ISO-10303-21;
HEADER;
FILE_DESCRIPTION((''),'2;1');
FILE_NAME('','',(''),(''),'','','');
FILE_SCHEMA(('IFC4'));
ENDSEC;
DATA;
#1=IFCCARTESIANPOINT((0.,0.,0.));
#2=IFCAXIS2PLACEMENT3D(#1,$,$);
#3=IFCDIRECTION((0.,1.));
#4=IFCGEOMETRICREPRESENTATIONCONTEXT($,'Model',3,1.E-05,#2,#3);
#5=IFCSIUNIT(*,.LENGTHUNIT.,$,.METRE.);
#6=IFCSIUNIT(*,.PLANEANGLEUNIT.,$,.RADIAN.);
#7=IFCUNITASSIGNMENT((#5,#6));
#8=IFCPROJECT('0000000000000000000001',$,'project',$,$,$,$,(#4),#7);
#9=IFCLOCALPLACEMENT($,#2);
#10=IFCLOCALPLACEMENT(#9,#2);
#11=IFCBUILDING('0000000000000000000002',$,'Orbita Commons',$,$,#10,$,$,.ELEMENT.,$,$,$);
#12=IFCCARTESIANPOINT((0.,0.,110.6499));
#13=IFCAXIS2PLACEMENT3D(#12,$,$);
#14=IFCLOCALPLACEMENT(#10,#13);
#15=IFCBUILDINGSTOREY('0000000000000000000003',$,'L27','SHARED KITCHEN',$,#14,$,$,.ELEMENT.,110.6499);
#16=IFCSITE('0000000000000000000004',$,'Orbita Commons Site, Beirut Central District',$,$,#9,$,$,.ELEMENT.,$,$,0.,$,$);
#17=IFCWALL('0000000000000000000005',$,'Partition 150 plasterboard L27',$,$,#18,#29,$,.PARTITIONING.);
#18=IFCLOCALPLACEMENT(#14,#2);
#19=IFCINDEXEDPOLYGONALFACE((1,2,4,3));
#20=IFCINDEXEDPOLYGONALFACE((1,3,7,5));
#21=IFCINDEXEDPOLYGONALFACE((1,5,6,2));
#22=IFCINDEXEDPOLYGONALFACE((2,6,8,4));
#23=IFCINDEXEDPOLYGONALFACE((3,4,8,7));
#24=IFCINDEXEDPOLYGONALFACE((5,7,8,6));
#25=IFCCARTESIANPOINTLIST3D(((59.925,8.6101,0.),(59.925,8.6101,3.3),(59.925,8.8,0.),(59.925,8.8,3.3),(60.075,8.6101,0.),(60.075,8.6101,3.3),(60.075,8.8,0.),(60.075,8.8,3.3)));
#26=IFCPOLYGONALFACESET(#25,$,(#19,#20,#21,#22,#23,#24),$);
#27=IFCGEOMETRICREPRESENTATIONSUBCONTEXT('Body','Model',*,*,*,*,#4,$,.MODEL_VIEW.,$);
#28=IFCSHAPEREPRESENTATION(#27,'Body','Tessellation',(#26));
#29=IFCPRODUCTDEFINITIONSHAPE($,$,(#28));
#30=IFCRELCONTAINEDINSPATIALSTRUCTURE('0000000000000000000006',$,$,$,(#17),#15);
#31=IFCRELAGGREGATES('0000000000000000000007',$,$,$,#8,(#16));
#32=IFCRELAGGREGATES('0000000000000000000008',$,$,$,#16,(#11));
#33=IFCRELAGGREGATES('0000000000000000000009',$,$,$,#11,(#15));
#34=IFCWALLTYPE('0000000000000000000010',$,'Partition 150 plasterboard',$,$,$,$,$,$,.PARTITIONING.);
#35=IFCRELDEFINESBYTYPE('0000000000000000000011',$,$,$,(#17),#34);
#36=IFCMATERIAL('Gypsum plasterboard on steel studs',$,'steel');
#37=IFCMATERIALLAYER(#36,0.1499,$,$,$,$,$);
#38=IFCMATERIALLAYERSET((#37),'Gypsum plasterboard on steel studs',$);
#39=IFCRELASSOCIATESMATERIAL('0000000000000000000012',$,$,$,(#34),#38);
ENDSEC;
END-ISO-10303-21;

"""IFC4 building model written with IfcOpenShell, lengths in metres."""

from ifc_helpers import new_model, si_unit, direction, frame, frame_2d, origin, place, context, subcontext, project, spatial, rectangle, extrude, material, layer, layer_set, type_object, element, save


model = new_model("IFC4")

# Units and contexts
model_context = context("Model", 3, precision=1e-05, world=origin(), true_north=direction((0.0, 1.0)))
body_context = subcontext(model_context, "Body", "Model", "MODEL_VIEW")
ifc_project = project(units=[si_unit("LENGTHUNIT", "METRE"), si_unit("PLANEANGLEUNIT", "RADIAN")], contexts=[model_context])

# Site, building, storey
site_placement = place(None, origin())
site = spatial("IfcSite", under=ifc_project, at=site_placement, Name="Orbita Commons Site, Beirut Central District", CompositionType="ELEMENT", RefElevation=0.0)
building_placement = place(site_placement, origin())
building = spatial("IfcBuilding", under=site, at=building_placement, Name="Orbita Commons", CompositionType="ELEMENT")
storey_placement = place(building_placement, frame((0.0, 0.0, 110.6499)))
storey = spatial("IfcBuildingStorey", under=building, at=storey_placement, Name="L27", Description="SHARED KITCHEN", CompositionType="ELEMENT", Elevation=110.6499)

# Wall
ifc_material_1 = material(Name="Gypsum plasterboard on steel studs", Category="steel")
ifc_layer_1 = layer(ifc_material_1, 0.1499)
ifc_layer_set_1 = layer_set([ifc_layer_1], Name="Gypsum plasterboard on steel studs")
wall_type_1 = type_object("IfcWallType", Name="Partition 150 plasterboard", PredefinedType="PARTITIONING", material=ifc_layer_set_1)
wall_1_placement = place(storey_placement, frame((60.0, 8.8, 0.0), z_axis=(0.0, 0.0, 1.0), x_axis=(0.0, -1.0, 0.0)))
element("IfcWall", 1, at=wall_1_placement, inside=storey, type_object=wall_type_1, Name="Partition 150 plasterboard L27", PredefinedType="PARTITIONING", context=body_context, shape_type="SweptSolid", body=[
    extrude(rectangle(XDim=0.1899, YDim=0.1499, at=frame_2d((0.095, 0.0))), origin(), (0.0, 0.0, 1.0), 3.3),
])

save(model, "model.ifc")
